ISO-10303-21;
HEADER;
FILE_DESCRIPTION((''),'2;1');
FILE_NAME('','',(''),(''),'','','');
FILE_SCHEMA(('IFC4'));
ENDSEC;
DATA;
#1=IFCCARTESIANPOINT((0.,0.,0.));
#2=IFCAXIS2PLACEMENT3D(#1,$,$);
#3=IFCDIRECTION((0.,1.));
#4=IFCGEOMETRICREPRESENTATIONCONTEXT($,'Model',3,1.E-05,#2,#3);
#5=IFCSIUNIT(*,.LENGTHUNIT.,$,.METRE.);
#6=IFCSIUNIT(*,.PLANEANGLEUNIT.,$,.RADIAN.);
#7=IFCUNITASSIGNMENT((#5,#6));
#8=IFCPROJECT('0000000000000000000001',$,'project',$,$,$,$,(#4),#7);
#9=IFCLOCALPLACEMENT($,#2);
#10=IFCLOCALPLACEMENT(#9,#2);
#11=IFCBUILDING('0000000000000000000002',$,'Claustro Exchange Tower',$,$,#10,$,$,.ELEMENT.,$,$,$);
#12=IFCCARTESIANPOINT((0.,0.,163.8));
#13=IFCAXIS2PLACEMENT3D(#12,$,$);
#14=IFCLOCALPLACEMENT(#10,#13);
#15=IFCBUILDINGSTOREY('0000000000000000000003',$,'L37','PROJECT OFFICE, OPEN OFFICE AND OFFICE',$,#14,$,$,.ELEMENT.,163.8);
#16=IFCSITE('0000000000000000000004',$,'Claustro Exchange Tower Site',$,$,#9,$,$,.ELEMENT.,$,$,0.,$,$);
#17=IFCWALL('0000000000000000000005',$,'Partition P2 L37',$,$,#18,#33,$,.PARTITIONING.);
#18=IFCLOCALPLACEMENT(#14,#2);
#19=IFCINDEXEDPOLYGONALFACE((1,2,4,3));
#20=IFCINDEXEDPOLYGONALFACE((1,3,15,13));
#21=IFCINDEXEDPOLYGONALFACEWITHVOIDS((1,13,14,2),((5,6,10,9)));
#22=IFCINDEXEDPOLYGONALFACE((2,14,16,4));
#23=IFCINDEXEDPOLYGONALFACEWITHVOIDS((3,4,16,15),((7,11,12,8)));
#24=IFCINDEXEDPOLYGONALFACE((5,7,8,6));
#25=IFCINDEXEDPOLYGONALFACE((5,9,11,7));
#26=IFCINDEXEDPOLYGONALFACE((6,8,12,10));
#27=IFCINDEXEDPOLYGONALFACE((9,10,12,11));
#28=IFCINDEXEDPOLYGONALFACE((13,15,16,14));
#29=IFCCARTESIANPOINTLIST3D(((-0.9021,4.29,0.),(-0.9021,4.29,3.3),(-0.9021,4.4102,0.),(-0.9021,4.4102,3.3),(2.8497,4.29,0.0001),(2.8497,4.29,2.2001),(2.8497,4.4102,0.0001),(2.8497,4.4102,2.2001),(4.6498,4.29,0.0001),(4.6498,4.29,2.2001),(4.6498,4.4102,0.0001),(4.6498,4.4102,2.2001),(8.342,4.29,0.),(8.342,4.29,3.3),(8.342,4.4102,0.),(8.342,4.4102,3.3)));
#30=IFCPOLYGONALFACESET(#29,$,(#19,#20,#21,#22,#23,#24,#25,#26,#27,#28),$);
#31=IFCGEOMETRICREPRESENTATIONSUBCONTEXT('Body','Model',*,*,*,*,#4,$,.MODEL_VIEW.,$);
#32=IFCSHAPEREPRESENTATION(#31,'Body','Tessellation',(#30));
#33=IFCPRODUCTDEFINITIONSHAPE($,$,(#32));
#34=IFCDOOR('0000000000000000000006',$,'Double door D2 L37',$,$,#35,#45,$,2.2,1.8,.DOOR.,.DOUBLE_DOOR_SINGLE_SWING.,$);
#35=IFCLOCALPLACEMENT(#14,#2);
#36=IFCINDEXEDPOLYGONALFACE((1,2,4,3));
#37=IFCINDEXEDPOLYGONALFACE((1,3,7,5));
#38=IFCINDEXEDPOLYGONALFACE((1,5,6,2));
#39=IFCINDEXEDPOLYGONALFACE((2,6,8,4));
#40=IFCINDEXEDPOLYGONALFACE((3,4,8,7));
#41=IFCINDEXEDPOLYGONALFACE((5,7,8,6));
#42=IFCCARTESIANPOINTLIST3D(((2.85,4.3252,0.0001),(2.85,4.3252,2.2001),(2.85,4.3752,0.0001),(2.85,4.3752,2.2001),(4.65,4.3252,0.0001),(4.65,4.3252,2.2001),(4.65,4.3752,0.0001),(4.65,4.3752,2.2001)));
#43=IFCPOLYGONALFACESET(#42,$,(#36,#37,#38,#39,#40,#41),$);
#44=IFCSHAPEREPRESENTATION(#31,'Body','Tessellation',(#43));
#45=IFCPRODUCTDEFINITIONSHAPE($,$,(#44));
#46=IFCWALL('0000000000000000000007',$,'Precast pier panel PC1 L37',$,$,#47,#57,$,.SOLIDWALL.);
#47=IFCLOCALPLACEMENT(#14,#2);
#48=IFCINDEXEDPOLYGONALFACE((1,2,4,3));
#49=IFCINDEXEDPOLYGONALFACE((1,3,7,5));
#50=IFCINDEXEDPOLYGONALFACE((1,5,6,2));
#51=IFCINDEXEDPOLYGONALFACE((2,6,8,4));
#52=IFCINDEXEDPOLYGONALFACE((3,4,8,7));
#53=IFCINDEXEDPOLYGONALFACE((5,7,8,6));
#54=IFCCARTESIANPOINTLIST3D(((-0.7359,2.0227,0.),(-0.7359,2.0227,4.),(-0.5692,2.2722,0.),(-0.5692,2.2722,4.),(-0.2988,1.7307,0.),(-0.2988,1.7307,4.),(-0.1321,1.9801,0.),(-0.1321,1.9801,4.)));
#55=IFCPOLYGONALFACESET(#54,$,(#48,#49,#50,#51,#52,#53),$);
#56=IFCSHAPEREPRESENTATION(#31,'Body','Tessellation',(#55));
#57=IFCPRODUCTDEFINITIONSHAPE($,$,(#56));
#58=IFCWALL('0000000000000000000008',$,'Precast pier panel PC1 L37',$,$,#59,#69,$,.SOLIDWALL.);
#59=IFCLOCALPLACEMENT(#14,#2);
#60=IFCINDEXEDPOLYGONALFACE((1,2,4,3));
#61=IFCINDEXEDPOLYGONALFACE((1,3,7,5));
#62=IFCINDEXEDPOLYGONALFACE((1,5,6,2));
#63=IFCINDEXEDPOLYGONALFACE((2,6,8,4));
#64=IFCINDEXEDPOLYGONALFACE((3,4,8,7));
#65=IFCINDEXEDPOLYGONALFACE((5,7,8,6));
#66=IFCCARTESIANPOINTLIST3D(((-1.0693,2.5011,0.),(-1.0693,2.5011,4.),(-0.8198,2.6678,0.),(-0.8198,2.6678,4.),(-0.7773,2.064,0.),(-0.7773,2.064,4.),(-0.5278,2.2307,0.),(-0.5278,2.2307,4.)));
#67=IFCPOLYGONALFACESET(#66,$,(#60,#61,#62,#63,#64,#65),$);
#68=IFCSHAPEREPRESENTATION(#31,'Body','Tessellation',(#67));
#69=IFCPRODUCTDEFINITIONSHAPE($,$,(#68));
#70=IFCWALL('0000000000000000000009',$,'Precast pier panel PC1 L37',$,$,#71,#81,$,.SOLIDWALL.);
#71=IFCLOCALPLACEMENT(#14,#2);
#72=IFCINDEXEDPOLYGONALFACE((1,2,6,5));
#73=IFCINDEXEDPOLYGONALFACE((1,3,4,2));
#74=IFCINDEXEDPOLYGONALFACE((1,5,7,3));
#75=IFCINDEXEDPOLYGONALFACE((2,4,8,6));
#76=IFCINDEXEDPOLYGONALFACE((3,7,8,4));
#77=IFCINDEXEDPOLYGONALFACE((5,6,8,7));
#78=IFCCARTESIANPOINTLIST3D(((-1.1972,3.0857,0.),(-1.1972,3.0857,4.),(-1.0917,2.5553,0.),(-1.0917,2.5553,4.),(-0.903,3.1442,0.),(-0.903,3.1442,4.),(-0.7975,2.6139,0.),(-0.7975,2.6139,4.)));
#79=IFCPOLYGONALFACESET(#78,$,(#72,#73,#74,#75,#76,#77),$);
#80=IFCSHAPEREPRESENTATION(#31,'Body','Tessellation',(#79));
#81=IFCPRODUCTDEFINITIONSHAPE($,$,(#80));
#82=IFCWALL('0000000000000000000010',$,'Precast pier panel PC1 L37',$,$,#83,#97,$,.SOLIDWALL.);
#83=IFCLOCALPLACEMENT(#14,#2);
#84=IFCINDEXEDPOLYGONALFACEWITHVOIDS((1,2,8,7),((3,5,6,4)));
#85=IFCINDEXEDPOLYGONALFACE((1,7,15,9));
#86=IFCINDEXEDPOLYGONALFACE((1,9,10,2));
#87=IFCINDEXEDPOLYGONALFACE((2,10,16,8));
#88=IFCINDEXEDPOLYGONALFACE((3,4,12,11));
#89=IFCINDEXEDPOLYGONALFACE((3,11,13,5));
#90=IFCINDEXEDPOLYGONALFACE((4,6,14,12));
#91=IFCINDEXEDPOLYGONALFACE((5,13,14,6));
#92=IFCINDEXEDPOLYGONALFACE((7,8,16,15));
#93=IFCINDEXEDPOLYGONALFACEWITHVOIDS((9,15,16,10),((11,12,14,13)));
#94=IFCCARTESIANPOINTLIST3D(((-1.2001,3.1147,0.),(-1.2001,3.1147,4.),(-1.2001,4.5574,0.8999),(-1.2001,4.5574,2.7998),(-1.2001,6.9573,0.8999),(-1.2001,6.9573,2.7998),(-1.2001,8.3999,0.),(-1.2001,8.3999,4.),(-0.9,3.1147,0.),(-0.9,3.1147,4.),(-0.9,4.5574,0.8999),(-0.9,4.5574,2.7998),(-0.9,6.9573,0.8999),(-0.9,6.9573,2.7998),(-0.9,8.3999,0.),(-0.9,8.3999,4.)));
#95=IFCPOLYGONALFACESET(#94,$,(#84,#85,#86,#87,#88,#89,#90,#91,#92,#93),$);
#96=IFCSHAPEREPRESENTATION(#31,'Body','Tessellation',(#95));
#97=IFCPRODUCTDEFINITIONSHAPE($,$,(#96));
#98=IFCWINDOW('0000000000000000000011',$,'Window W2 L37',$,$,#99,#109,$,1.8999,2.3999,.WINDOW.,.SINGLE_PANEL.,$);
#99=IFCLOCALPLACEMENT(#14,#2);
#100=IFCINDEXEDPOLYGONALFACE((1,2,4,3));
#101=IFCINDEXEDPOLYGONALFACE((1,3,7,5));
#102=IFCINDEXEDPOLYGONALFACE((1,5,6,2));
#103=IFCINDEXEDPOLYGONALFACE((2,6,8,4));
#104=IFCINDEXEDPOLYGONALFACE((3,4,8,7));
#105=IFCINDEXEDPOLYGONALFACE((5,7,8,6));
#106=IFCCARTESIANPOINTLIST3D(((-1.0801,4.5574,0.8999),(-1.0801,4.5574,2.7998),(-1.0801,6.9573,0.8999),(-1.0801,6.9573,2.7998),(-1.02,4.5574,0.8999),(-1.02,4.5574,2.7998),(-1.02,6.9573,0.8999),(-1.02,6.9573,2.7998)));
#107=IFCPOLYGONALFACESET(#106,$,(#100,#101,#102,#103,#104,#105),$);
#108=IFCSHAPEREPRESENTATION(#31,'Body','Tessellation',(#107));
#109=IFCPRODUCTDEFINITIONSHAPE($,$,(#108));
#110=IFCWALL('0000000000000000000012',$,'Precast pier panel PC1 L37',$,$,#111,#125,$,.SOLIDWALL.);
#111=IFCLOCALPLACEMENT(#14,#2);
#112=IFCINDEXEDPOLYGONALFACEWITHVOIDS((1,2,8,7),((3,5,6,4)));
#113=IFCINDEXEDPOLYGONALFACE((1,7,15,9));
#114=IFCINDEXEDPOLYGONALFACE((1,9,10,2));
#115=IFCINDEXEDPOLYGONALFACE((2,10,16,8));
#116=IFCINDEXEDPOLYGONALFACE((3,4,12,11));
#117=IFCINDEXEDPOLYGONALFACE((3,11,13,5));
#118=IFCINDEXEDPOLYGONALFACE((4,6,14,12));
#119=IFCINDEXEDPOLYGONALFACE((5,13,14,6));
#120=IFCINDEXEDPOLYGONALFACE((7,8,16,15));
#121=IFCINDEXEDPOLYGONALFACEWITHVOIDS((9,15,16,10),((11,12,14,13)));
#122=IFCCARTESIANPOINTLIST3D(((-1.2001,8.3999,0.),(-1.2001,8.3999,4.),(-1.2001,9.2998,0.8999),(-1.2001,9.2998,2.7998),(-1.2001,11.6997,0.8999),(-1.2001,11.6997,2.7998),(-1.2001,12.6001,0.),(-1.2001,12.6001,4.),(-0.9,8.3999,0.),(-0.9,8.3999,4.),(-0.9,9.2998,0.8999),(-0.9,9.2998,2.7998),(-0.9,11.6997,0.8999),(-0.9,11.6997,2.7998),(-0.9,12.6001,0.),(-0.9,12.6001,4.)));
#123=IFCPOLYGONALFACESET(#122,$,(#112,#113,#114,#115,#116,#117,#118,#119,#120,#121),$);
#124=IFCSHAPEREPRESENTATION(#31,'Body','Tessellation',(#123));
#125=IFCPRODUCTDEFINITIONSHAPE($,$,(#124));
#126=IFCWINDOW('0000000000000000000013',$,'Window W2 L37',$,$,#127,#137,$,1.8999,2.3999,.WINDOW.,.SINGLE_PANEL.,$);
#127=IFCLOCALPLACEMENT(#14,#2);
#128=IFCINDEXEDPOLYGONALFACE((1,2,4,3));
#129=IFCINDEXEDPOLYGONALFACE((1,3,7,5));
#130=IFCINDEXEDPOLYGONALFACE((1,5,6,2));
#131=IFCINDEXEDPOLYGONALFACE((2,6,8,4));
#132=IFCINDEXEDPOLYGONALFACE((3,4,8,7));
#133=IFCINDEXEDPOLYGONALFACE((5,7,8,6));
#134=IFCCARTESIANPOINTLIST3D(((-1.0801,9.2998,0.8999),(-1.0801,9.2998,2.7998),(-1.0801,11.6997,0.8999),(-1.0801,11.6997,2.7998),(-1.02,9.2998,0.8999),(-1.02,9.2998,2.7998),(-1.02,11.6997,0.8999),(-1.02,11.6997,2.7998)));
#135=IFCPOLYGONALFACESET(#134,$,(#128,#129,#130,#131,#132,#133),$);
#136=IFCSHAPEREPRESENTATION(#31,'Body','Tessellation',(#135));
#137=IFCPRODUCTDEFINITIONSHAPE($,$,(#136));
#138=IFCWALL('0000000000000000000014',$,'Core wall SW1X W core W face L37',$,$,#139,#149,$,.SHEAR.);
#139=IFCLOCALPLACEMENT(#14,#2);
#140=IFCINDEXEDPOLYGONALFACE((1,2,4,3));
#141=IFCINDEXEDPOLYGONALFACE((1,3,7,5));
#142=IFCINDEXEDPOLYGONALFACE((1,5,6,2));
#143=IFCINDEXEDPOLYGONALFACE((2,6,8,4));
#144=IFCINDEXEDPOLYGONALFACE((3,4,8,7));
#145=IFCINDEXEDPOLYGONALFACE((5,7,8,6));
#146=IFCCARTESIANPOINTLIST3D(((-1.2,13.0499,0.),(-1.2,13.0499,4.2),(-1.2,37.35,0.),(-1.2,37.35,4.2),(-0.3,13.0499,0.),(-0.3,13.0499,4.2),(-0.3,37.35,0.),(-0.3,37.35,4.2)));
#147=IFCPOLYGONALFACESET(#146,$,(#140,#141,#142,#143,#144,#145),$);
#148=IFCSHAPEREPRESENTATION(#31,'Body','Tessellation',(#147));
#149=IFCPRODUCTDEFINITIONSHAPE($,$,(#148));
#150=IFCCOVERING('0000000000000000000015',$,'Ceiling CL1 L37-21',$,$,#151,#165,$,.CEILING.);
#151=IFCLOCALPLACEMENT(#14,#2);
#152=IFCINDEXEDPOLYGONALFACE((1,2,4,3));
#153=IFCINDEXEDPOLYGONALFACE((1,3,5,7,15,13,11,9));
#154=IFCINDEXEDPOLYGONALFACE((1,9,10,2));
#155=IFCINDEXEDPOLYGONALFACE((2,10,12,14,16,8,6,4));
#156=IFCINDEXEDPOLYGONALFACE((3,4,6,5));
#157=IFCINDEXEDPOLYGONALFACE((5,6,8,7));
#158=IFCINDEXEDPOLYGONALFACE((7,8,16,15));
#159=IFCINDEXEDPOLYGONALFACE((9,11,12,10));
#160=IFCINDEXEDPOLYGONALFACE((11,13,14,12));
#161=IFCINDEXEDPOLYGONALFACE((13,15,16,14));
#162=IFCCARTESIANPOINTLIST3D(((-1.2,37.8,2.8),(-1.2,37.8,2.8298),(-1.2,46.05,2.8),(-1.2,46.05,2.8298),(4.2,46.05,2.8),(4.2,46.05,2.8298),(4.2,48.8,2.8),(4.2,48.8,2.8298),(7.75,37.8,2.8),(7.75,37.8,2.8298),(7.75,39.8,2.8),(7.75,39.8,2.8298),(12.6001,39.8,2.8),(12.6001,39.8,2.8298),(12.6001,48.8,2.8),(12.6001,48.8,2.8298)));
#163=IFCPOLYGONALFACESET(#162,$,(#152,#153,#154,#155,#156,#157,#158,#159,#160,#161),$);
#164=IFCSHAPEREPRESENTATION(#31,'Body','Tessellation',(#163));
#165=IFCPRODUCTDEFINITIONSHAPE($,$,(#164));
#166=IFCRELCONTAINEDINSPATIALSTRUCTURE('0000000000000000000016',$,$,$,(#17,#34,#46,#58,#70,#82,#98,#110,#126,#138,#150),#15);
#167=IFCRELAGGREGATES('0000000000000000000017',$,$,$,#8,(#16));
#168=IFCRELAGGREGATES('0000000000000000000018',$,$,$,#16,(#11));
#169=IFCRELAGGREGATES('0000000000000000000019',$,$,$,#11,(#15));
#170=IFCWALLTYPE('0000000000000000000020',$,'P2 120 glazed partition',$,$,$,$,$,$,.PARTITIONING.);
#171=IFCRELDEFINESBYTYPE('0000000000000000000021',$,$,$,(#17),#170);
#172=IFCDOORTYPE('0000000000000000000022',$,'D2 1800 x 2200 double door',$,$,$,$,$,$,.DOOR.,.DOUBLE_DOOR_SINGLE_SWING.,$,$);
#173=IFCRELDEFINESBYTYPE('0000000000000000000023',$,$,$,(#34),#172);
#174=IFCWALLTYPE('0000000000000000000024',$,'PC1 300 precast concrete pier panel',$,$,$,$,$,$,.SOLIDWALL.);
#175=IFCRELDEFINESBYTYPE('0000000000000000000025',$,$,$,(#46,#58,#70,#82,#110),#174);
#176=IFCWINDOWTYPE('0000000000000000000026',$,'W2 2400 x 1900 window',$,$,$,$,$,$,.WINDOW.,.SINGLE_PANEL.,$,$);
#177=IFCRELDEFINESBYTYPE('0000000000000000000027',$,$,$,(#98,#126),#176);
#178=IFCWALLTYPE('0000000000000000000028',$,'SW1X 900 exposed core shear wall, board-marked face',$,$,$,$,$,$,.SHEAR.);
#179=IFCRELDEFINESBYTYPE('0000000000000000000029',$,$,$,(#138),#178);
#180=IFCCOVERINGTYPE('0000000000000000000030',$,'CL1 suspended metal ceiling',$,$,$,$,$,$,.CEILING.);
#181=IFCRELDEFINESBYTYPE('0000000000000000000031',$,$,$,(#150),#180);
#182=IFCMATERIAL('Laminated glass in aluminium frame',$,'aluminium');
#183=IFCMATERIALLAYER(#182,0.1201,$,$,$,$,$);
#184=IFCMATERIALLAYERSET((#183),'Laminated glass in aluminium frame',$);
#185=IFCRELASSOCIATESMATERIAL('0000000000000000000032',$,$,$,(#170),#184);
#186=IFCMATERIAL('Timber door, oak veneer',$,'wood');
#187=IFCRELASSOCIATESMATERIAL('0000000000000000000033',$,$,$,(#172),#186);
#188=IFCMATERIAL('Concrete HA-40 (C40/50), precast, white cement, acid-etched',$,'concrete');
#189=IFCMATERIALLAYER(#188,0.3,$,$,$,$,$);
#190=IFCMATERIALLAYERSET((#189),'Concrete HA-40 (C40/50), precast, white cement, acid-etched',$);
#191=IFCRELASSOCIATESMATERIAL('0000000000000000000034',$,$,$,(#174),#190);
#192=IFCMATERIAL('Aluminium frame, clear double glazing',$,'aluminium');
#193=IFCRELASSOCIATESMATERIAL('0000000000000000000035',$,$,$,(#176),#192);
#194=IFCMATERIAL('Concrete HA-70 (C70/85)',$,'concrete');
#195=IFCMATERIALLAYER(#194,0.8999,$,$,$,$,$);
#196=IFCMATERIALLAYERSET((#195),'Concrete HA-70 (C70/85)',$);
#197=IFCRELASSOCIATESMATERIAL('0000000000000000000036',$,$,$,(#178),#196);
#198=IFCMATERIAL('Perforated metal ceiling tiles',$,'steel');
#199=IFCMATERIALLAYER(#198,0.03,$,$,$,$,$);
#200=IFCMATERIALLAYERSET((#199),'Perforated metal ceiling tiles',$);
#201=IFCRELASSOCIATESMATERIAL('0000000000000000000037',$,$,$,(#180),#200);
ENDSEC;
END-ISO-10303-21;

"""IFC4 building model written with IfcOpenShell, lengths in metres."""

from ifc_helpers import new_model, si_unit, direction, frame, frame_2d, origin, place, context, subcontext, project, spatial, polyline, rectangle, outline, extrude, material, layer, layer_set, type_object, element, fill, save


model = new_model("IFC4")

# Units and contexts
model_context = context("Model", 3, precision=1e-05, world=origin(), true_north=direction((0.0, 1.0)))
body_context = subcontext(model_context, "Body", "Model", "MODEL_VIEW")
ifc_project = project(units=[si_unit("LENGTHUNIT", "METRE"), si_unit("PLANEANGLEUNIT", "RADIAN")], contexts=[model_context])

# Site, building, storey
site_placement = place(None, origin())
site = spatial("IfcSite", under=ifc_project, at=site_placement, Name="Claustro Exchange Tower Site", CompositionType="ELEMENT", RefElevation=0.0)
building_placement = place(site_placement, origin())
building = spatial("IfcBuilding", under=site, at=building_placement, Name="Claustro Exchange Tower", CompositionType="ELEMENT")
storey_placement = place(building_placement, frame((0.0, 0.0, 163.8)))
storey = spatial("IfcBuildingStorey", under=building, at=storey_placement, Name="L37", Description="PROJECT OFFICE, OPEN OFFICE AND OFFICE", CompositionType="ELEMENT", Elevation=163.8)

# Wall, opening, door
ifc_material_1 = material(Name="Laminated glass in aluminium frame", Category="aluminium")
ifc_layer_1 = layer(ifc_material_1, 0.1201)
ifc_layer_set_1 = layer_set([ifc_layer_1], Name="Laminated glass in aluminium frame")
wall_type_1 = type_object("IfcWallType", Name="P2 120 glazed partition", PredefinedType="PARTITIONING", material=ifc_layer_set_1)
wall_1_placement = place(storey_placement, frame((-0.9021, 4.3501, 0.0), z_axis=(0.0, 0.0, 1.0), x_axis=(1.0, 0.0, 0.0)))
wall_1 = element("IfcWall", 1, at=wall_1_placement, inside=storey, type_object=wall_type_1, Name="Partition P2 L37", PredefinedType="PARTITIONING", context=body_context, shape_type="SweptSolid", body=[
    extrude(rectangle(XDim=9.2441, YDim=0.1201, at=frame_2d((4.6221, 0.0))), origin(), (0.0, 0.0, 1.0), 3.3),
])
opening_1_placement = place(wall_1_placement, frame((3.752, 0.0, 0.0)))
opening_1 = element("IfcOpeningElement", 2, at=opening_1_placement, cuts=wall_1, PredefinedType="OPENING", context=body_context, shape_type="SweptSolid", body=[
    extrude(rectangle(XDim=1.8, YDim=2.2, at=frame_2d((0.8999, 1.1001))), frame((0.0, 0.0701, 0.0), z_axis=(0.0, -1.0, 0.0), x_axis=(1.0, 0.0, 0.0)), (0.0, 0.0, 1.0), 0.1401),
])
ifc_material_2 = material(Name="Timber door, oak veneer", Category="wood")
door_type_1 = type_object("IfcDoorType", Name="D2 1800 x 2200 double door", OperationType="DOUBLE_DOOR_SINGLE_SWING", PredefinedType="DOOR", material=ifc_material_2)
door_1_placement = place(opening_1_placement, frame((1.8, 0.0, 0.0), z_axis=(0.0, 0.0, 1.0), x_axis=(-1.0, 0.0, 0.0)))
door_1 = element("IfcDoor", 3, at=door_1_placement, inside=storey, type_object=door_type_1, Name="Double door D2 L37", OperationType="DOUBLE_DOOR_SINGLE_SWING", OverallHeight=2.2, OverallWidth=1.8, PredefinedType="DOOR", context=body_context, shape_type="SweptSolid", body=[
    extrude(rectangle(XDim=1.8, YDim=2.2, at=frame_2d((0.8999, 1.1001))), frame((0.0, 0.0249, 0.0), z_axis=(0.0, -1.0, 0.0), x_axis=(1.0, 0.0, 0.0)), (0.0, 0.0, 1.0), 0.05),
])
fill(opening_1, door_1)

# Walls
ifc_material_3 = material(Name="Concrete HA-40 (C40/50), precast, white cement, acid-etched", Category="concrete")
ifc_layer_2 = layer(ifc_material_3, 0.3)
ifc_layer_set_2 = layer_set([ifc_layer_2], Name="Concrete HA-40 (C40/50), precast, white cement, acid-etched")
wall_type_2 = type_object("IfcWallType", Name="PC1 300 precast concrete pier panel", PredefinedType="SOLIDWALL", material=ifc_layer_set_2)
for number, where, z_axis, x_axis, name in (
    (4, (-0.2156, 1.8555, 0.0), (0.0, 0.0, 1.0), (-0.831478, 0.555557, 0.0), "Precast pier panel PC1 L37"),
    (5, (-0.6526, 2.1475, 0.0), (0.0, 0.0, 1.0), (-0.555557, 0.831478, 0.0), "Precast pier panel PC1 L37"),
):
    element("IfcWall", number, at=place(storey_placement, frame(where, z_axis=z_axis, x_axis=x_axis)), inside=storey, type_object=wall_type_2, Name=name, PredefinedType="SOLIDWALL", context=body_context, shape_type="SweptSolid", body=[
        extrude(rectangle(XDim=0.5256, YDim=0.3, at=frame_2d((0.2627, 0.0))), origin(), (0.0, 0.0, 1.0), 4.0),
    ])
wall_2_placement = place(storey_placement, frame((-0.9446, 2.5845, 0.0), z_axis=(0.0, 0.0, 1.0), x_axis=(-0.195074, 0.980789, 0.0)))
element("IfcWall", 6, at=wall_2_placement, inside=storey, type_object=wall_type_2, Name="Precast pier panel PC1 L37", PredefinedType="SOLIDWALL", context=body_context, shape_type="SweptSolid", body=[
    extrude(rectangle(XDim=0.5408, YDim=0.3, at=frame_2d((0.2705, 0.0))), origin(), (0.0, 0.0, 1.0), 4.0),
])

# Walls, openings, windows
wall_3_placement = place(storey_placement, frame((-1.05, 3.1147, 0.0), z_axis=(0.0, 0.0, 1.0), x_axis=(0.0, 1.0, 0.0)))
wall_3 = element("IfcWall", 7, at=wall_3_placement, inside=storey, type_object=wall_type_2, Name="Precast pier panel PC1 L37", PredefinedType="SOLIDWALL", context=body_context, shape_type="SweptSolid", body=[
    extrude(rectangle(XDim=5.2852, YDim=0.3, at=frame_2d((2.6426, 0.0))), origin(), (0.0, 0.0, 1.0), 4.0),
])
opening_2_placement = place(wall_3_placement, frame((1.4426, 0.0, 0.8999)))
opening_2 = element("IfcOpeningElement", 8, at=opening_2_placement, cuts=wall_3, PredefinedType="OPENING", context=body_context, shape_type="SweptSolid", body=[
    extrude(rectangle(XDim=2.3999, YDim=1.8999, at=frame_2d((1.2, 0.95))), frame((0.0, 0.1599, 0.0), z_axis=(0.0, -1.0, 0.0), x_axis=(1.0, 0.0, 0.0)), (0.0, 0.0, 1.0), 0.3201),
])
ifc_material_4 = material(Name="Aluminium frame, clear double glazing", Category="aluminium")
window_type = type_object("IfcWindowType", Name="W2 2400 x 1900 window", PartitioningType="SINGLE_PANEL", PredefinedType="WINDOW", material=ifc_material_4)
window_1_placement = place(opening_2_placement, origin())
window_1 = element("IfcWindow", 9, at=window_1_placement, inside=storey, type_object=window_type, Name="Window W2 L37", OverallHeight=1.8999, OverallWidth=2.3999, PartitioningType="SINGLE_PANEL", PredefinedType="WINDOW", context=body_context, shape_type="SweptSolid", body=[
    extrude(rectangle(XDim=2.3999, YDim=1.8999, at=frame_2d((1.2, 0.95))), frame((0.0, 0.03, 0.0), z_axis=(0.0, -1.0, 0.0), x_axis=(1.0, 0.0, 0.0)), (0.0, 0.0, 1.0), 0.0601),
])
fill(opening_2, window_1)
wall_4_placement = place(storey_placement, frame((-1.05, 8.3999, 0.0), z_axis=(0.0, 0.0, 1.0), x_axis=(0.0, 1.0, 0.0)))
wall_4 = element("IfcWall", 10, at=wall_4_placement, inside=storey, type_object=wall_type_2, Name="Precast pier panel PC1 L37", PredefinedType="SOLIDWALL", context=body_context, shape_type="SweptSolid", body=[
    extrude(rectangle(XDim=4.2002, YDim=0.3, at=frame_2d((2.1001, 0.0))), origin(), (0.0, 0.0, 1.0), 4.0),
])
opening_3_placement = place(wall_4_placement, frame((0.8999, 0.0, 0.8999)))
opening_3 = element("IfcOpeningElement", 11, at=opening_3_placement, cuts=wall_4, PredefinedType="OPENING", context=body_context, shape_type="SweptSolid", body=[
    extrude(rectangle(XDim=2.3999, YDim=1.8999, at=frame_2d((1.2, 0.95))), frame((0.0, 0.1599, 0.0), z_axis=(0.0, -1.0, 0.0), x_axis=(1.0, 0.0, 0.0)), (0.0, 0.0, 1.0), 0.3201),
])
window_2_placement = place(opening_3_placement, origin())
window_2 = element("IfcWindow", 12, at=window_2_placement, inside=storey, type_object=window_type, Name="Window W2 L37", OverallHeight=1.8999, OverallWidth=2.3999, PartitioningType="SINGLE_PANEL", PredefinedType="WINDOW", context=body_context, shape_type="SweptSolid", body=[
    extrude(rectangle(XDim=2.3999, YDim=1.8999, at=frame_2d((1.2, 0.95))), frame((0.0, 0.03, 0.0), z_axis=(0.0, -1.0, 0.0), x_axis=(1.0, 0.0, 0.0)), (0.0, 0.0, 1.0), 0.0601),
])
fill(opening_3, window_2)

# Wall
ifc_material_5 = material(Name="Concrete HA-70 (C70/85)", Category="concrete")
ifc_layer_3 = layer(ifc_material_5, 0.8999)
ifc_layer_set_3 = layer_set([ifc_layer_3], Name="Concrete HA-70 (C70/85)")
wall_type_3 = type_object("IfcWallType", Name="SW1X 900 exposed core shear wall, board-marked face", PredefinedType="SHEAR", material=ifc_layer_set_3)
wall_5_placement = place(storey_placement, frame((-0.75, 13.05, 0.0), z_axis=(0.0, 0.0, 1.0), x_axis=(0.0, 1.0, 0.0)))
element("IfcWall", 13, at=wall_5_placement, inside=storey, type_object=wall_type_3, Name="Core wall SW1X W core W face L37", PredefinedType="SHEAR", context=body_context, shape_type="SweptSolid", body=[
    extrude(rectangle(XDim=24.3, YDim=0.8999, at=frame_2d((12.1499, 0.0))), origin(), (0.0, 0.0, 1.0), 4.2),
])

# Covering
ifc_material_6 = material(Name="Perforated metal ceiling tiles", Category="steel")
ifc_layer_4 = layer(ifc_material_6, 0.03)
ifc_layer_set_4 = layer_set([ifc_layer_4], Name="Perforated metal ceiling tiles")
covering_type_1 = type_object("IfcCoveringType", Name="CL1 suspended metal ceiling", PredefinedType="CEILING", material=ifc_layer_set_4)
covering_1_placement = place(storey_placement, frame((0.0, 0.0, 2.8)))
element("IfcCovering", 14, at=covering_1_placement, inside=storey, type_object=covering_type_1, Name="Ceiling CL1 L37-21", PredefinedType="CEILING", context=body_context, shape_type="SweptSolid", body=[
    extrude(outline(polyline([(-1.2, 46.05), (-1.2, 37.8), (7.75, 37.8), (7.75, 39.8), (12.6001, 39.8), (12.6001, 48.8), (4.2, 48.8), (4.2, 46.05), (-1.2, 46.05)])), origin(), (0.0, 0.0, 1.0), 0.0298),
])

save(model, "model.ifc")
